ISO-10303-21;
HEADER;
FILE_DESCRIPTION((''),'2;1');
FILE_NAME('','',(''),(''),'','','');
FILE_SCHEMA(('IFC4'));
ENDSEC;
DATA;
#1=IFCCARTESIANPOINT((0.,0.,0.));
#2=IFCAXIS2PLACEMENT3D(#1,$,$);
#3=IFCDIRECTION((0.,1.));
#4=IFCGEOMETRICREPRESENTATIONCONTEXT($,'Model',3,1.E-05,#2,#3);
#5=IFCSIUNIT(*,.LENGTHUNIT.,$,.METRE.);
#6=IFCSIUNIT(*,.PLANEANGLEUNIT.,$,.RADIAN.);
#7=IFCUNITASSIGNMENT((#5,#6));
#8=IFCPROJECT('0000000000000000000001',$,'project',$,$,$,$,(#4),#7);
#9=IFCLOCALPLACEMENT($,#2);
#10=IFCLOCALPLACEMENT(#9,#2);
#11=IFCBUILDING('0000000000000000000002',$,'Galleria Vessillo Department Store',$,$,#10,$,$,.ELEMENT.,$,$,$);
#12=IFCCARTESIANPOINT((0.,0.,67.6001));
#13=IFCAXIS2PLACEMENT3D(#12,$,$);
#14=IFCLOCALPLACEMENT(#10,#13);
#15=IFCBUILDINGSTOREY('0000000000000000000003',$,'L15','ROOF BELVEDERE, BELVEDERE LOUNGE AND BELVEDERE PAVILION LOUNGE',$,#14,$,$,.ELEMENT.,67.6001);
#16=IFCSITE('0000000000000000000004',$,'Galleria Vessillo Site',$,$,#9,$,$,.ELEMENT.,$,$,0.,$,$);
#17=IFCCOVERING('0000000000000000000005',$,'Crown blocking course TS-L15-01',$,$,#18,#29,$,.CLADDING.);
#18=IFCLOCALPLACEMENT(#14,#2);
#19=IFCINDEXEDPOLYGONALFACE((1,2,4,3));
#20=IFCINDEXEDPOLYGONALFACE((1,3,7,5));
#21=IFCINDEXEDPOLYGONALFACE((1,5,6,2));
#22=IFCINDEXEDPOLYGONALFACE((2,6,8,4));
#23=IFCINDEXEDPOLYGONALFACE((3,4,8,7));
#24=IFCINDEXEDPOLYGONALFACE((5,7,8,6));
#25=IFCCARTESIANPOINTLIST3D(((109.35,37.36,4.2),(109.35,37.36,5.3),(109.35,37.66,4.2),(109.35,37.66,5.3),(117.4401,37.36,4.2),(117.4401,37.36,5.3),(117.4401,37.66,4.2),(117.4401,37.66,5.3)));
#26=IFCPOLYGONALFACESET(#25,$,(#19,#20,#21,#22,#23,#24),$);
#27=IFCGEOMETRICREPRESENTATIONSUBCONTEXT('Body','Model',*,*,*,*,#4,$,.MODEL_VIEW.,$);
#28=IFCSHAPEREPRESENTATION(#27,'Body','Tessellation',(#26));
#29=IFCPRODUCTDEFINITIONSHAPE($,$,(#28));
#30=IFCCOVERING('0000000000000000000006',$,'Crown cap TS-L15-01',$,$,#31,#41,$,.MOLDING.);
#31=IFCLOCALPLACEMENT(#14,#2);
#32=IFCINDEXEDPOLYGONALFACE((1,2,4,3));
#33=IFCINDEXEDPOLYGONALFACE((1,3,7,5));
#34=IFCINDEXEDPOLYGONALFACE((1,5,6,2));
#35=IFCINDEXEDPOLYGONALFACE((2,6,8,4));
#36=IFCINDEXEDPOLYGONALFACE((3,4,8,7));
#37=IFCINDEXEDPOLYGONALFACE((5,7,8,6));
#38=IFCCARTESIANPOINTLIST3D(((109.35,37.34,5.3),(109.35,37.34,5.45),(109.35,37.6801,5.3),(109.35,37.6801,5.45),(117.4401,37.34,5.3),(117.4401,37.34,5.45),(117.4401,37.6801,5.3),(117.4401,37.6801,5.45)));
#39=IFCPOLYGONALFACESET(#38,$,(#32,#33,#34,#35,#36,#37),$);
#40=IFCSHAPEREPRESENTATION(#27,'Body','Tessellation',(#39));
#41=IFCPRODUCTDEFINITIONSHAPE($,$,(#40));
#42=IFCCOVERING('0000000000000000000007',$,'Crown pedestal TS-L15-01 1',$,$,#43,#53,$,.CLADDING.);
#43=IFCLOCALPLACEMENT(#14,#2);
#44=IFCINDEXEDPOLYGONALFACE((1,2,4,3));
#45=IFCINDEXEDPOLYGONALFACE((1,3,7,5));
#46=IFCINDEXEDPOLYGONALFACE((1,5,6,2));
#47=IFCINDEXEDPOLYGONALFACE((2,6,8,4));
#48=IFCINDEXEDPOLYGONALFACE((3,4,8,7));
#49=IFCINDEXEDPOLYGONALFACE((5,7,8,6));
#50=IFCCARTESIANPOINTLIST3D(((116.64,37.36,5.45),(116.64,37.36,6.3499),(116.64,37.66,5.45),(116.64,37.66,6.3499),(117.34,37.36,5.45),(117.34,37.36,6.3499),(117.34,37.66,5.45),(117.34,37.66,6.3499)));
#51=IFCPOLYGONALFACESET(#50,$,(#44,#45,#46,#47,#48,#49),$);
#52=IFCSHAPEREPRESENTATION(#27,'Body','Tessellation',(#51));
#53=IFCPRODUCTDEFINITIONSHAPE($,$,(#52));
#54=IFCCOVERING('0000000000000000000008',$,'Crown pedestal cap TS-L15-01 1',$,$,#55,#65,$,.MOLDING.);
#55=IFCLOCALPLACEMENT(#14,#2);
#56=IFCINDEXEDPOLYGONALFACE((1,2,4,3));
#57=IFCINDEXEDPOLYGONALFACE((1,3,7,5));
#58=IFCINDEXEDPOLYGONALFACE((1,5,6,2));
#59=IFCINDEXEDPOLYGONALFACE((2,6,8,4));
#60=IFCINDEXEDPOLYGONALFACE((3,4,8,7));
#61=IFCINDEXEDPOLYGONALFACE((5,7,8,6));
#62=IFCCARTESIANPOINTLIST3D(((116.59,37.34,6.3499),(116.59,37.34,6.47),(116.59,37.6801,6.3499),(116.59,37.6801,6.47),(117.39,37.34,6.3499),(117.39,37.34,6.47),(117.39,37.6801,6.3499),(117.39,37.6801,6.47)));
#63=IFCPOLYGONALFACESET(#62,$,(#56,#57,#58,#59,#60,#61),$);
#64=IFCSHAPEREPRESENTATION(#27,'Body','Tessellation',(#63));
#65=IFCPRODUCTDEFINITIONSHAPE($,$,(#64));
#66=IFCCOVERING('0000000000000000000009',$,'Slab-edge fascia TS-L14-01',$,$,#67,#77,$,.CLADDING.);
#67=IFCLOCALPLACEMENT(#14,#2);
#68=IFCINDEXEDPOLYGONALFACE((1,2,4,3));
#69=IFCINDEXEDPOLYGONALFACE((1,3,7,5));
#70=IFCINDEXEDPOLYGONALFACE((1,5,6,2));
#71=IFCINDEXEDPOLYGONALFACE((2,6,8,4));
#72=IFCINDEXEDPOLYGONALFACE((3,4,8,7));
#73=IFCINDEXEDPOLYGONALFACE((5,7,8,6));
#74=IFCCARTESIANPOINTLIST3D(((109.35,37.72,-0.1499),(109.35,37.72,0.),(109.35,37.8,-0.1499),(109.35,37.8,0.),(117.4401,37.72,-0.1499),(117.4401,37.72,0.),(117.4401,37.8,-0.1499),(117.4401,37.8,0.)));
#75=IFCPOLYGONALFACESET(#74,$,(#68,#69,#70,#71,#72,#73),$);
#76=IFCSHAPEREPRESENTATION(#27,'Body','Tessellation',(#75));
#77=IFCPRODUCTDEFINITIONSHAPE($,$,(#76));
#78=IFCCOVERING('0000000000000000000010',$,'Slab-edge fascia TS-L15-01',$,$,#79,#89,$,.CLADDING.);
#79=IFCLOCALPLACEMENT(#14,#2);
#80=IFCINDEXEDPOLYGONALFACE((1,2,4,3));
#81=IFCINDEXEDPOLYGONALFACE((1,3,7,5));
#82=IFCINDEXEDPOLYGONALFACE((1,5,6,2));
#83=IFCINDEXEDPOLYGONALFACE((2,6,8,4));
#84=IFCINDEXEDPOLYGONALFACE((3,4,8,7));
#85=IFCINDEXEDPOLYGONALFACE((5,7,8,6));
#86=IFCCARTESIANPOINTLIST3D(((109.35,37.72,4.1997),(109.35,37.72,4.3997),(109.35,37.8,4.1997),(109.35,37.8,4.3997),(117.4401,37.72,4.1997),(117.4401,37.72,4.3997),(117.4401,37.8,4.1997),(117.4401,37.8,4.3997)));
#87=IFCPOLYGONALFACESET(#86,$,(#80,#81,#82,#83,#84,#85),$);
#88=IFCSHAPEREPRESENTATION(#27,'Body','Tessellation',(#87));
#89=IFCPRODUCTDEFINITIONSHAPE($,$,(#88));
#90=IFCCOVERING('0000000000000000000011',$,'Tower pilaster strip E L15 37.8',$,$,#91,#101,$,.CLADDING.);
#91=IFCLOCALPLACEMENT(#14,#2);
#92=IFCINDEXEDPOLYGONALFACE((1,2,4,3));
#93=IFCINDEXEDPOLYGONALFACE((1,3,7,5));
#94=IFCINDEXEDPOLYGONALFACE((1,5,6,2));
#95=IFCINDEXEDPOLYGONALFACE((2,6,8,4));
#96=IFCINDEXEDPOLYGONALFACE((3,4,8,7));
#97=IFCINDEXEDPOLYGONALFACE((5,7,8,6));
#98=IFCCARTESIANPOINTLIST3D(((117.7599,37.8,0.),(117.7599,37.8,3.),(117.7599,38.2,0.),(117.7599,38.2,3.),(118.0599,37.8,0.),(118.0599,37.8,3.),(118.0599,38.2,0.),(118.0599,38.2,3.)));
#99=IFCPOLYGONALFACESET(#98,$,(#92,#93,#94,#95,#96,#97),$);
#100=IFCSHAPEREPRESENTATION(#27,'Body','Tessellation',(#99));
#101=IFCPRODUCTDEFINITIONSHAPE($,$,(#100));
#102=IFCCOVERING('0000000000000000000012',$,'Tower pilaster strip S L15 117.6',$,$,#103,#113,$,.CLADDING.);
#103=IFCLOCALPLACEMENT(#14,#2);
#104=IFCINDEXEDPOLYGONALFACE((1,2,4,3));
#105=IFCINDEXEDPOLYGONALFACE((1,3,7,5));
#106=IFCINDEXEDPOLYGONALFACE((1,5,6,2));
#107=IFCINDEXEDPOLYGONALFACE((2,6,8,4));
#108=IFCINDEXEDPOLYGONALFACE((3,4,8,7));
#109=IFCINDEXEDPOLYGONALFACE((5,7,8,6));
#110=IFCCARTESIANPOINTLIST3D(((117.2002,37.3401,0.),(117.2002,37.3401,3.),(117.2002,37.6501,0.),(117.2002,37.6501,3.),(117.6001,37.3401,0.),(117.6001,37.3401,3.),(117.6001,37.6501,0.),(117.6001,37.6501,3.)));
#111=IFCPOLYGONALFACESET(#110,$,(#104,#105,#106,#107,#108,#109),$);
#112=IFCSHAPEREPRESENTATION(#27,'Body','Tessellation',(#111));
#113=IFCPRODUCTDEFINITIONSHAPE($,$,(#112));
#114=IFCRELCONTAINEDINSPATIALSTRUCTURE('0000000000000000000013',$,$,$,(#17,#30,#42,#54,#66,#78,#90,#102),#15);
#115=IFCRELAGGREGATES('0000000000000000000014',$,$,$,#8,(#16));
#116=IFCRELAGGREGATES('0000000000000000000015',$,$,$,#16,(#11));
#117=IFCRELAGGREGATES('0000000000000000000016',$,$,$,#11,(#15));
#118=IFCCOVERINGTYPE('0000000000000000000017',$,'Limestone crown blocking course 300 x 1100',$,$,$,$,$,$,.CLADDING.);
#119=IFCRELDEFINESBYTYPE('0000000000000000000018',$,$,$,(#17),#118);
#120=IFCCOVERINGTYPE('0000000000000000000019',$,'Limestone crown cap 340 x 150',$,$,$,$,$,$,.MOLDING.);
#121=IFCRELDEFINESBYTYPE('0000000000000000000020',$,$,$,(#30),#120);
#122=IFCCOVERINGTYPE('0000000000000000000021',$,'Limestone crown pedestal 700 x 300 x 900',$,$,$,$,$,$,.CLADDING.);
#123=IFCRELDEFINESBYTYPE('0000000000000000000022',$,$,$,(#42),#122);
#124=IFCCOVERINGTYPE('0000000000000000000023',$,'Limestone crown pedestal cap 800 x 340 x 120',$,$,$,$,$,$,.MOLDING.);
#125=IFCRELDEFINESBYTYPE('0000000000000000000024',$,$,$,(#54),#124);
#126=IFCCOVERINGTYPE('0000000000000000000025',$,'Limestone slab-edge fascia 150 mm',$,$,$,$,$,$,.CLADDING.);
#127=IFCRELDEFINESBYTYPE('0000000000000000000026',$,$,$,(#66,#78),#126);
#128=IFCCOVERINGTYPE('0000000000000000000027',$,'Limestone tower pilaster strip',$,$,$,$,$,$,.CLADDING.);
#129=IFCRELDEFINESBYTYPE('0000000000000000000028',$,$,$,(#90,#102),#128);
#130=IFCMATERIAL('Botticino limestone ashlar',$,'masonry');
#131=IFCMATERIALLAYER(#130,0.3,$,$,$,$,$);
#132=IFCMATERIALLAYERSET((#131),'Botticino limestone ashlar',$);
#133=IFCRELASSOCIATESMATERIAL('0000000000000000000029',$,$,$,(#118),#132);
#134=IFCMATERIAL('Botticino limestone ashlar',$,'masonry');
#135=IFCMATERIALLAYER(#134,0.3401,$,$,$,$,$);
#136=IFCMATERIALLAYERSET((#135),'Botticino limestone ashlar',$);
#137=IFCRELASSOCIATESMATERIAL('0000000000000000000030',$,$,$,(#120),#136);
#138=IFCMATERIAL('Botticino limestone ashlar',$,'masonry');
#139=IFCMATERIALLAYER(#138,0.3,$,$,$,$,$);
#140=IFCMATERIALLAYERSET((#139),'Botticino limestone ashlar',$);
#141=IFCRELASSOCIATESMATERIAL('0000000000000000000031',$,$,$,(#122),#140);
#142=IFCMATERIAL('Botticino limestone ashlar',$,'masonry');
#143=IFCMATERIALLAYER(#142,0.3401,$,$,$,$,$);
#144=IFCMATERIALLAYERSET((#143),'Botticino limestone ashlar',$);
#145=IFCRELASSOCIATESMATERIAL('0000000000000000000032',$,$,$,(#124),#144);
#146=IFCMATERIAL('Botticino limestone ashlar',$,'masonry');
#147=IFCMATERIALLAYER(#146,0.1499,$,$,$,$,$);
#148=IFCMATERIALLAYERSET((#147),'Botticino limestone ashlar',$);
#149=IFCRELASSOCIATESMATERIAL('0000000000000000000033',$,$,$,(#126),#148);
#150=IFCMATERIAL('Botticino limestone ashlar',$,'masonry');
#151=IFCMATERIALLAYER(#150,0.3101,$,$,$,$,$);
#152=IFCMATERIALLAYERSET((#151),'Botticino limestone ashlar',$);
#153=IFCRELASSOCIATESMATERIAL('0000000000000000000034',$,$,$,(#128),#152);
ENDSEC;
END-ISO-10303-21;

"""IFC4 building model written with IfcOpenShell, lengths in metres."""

from ifc_helpers import new_model, si_unit, direction, frame, origin, origin_2d, place, context, subcontext, project, spatial, rectangle, extrude, material, layer, layer_set, type_object, element, save


model = new_model("IFC4")

# Units and contexts
model_context = context("Model", 3, precision=1e-05, world=origin(), true_north=direction((0.0, 1.0)))
body_context = subcontext(model_context, "Body", "Model", "MODEL_VIEW")
ifc_project = project(units=[si_unit("LENGTHUNIT", "METRE"), si_unit("PLANEANGLEUNIT", "RADIAN")], contexts=[model_context])

# Site, building, storey
site_placement = place(None, origin())
site = spatial("IfcSite", under=ifc_project, at=site_placement, Name="Galleria Vessillo Site", CompositionType="ELEMENT", RefElevation=0.0)
building_placement = place(site_placement, origin())
building = spatial("IfcBuilding", under=site, at=building_placement, Name="Galleria Vessillo Department Store", CompositionType="ELEMENT")
storey_placement = place(building_placement, frame((0.0, 0.0, 67.6001)))
storey = spatial("IfcBuildingStorey", under=building, at=storey_placement, Name="L15", Description="ROOF BELVEDERE, BELVEDERE LOUNGE AND BELVEDERE PAVILION LOUNGE", CompositionType="ELEMENT", Elevation=67.6001)

# Coverings
ifc_material_1 = material(Name="Botticino limestone ashlar", Category="masonry")
ifc_layer_1 = layer(ifc_material_1, 0.3)
ifc_layer_set_1 = layer_set([ifc_layer_1], Name="Botticino limestone ashlar")
covering_type_1 = type_object("IfcCoveringType", Name="Limestone crown blocking course 300 x 1100", PredefinedType="CLADDING", material=ifc_layer_set_1)
covering_1_placement = place(storey_placement, frame((113.395, 37.51, 4.2), z_axis=(0.0, 0.0, 1.0), x_axis=(1.0, 0.0, 0.0)))
element("IfcCovering", 1, at=covering_1_placement, inside=storey, type_object=covering_type_1, Name="Crown blocking course TS-L15-01", PredefinedType="CLADDING", context=body_context, shape_type="SweptSolid", body=[
    extrude(rectangle(XDim=8.0901, YDim=0.3, at=origin_2d()), origin(), (0.0, 0.0, 1.0), 1.1001),
])
ifc_material_2 = material(Name="Botticino limestone ashlar", Category="masonry")
ifc_layer_2 = layer(ifc_material_2, 0.3401)
ifc_layer_set_2 = layer_set([ifc_layer_2], Name="Botticino limestone ashlar")
covering_type_2 = type_object("IfcCoveringType", Name="Limestone crown cap 340 x 150", PredefinedType="MOLDING", material=ifc_layer_set_2)
covering_2_placement = place(storey_placement, frame((113.395, 37.51, 5.3), z_axis=(0.0, 0.0, 1.0), x_axis=(1.0, 0.0, 0.0)))
element("IfcCovering", 2, at=covering_2_placement, inside=storey, type_object=covering_type_2, Name="Crown cap TS-L15-01", PredefinedType="MOLDING", context=body_context, shape_type="SweptSolid", body=[
    extrude(rectangle(XDim=8.0901, YDim=0.3401, at=origin_2d()), origin(), (0.0, 0.0, 1.0), 0.1499),
])
ifc_material_3 = material(Name="Botticino limestone ashlar", Category="masonry")
ifc_layer_3 = layer(ifc_material_3, 0.3)
ifc_layer_set_3 = layer_set([ifc_layer_3], Name="Botticino limestone ashlar")
covering_type_3 = type_object("IfcCoveringType", Name="Limestone crown pedestal 700 x 300 x 900", PredefinedType="CLADDING", material=ifc_layer_set_3)
covering_3_placement = place(storey_placement, frame((116.99, 37.51, 5.45), z_axis=(0.0, 0.0, 1.0), x_axis=(1.0, 0.0, 0.0)))
element("IfcCovering", 3, at=covering_3_placement, inside=storey, type_object=covering_type_3, Name="Crown pedestal TS-L15-01 1", PredefinedType="CLADDING", context=body_context, shape_type="SweptSolid", body=[
    extrude(rectangle(XDim=0.7, YDim=0.3, at=origin_2d()), origin(), (0.0, 0.0, 1.0), 0.8999),
])
ifc_material_4 = material(Name="Botticino limestone ashlar", Category="masonry")
ifc_layer_4 = layer(ifc_material_4, 0.3401)
ifc_layer_set_4 = layer_set([ifc_layer_4], Name="Botticino limestone ashlar")
covering_type_4 = type_object("IfcCoveringType", Name="Limestone crown pedestal cap 800 x 340 x 120", PredefinedType="MOLDING", material=ifc_layer_set_4)
covering_4_placement = place(storey_placement, frame((116.99, 37.51, 6.3499), z_axis=(0.0, 0.0, 1.0), x_axis=(1.0, 0.0, 0.0)))
element("IfcCovering", 4, at=covering_4_placement, inside=storey, type_object=covering_type_4, Name="Crown pedestal cap TS-L15-01 1", PredefinedType="MOLDING", context=body_context, shape_type="SweptSolid", body=[
    extrude(rectangle(XDim=0.8, YDim=0.3401, at=origin_2d()), origin(), (0.0, 0.0, 1.0), 0.1201),
])
ifc_material_5 = material(Name="Botticino limestone ashlar", Category="masonry")
ifc_layer_5 = layer(ifc_material_5, 0.1499)
ifc_layer_set_5 = layer_set([ifc_layer_5], Name="Botticino limestone ashlar")
covering_type_5 = type_object("IfcCoveringType", Name="Limestone slab-edge fascia 150 mm", PredefinedType="CLADDING", material=ifc_layer_set_5)
covering_5_placement = place(storey_placement, frame((113.395, 37.76, -0.1499), z_axis=(0.0, 0.0, 1.0), x_axis=(1.0, 0.0, 0.0)))
element("IfcCovering", 5, at=covering_5_placement, inside=storey, type_object=covering_type_5, Name="Slab-edge fascia TS-L14-01", PredefinedType="CLADDING", context=body_context, shape_type="SweptSolid", body=[
    extrude(rectangle(XDim=8.0901, YDim=0.0801, at=origin_2d()), origin(), (0.0, 0.0, 1.0), 0.1499),
])
covering_6_placement = place(storey_placement, frame((113.395, 37.76, 4.1997), z_axis=(0.0, 0.0, 1.0), x_axis=(1.0, 0.0, 0.0)))
element("IfcCovering", 6, at=covering_6_placement, inside=storey, type_object=covering_type_5, Name="Slab-edge fascia TS-L15-01", PredefinedType="CLADDING", context=body_context, shape_type="SweptSolid", body=[
    extrude(rectangle(XDim=8.0901, YDim=0.0801, at=origin_2d()), origin(), (0.0, 0.0, 1.0), 0.2),
])
ifc_material_6 = material(Name="Botticino limestone ashlar", Category="masonry")
ifc_layer_6 = layer(ifc_material_6, 0.3101)
ifc_layer_set_6 = layer_set([ifc_layer_6], Name="Botticino limestone ashlar")
covering_type_6 = type_object("IfcCoveringType", Name="Limestone tower pilaster strip", PredefinedType="CLADDING", material=ifc_layer_set_6)
covering_7_placement = place(storey_placement, frame((117.9099, 38.0, 0.0), z_axis=(0.0, 0.0, 1.0), x_axis=(1.0, 0.0, 0.0)))
element("IfcCovering", 7, at=covering_7_placement, inside=storey, type_object=covering_type_6, Name="Tower pilaster strip E L15 37.8", PredefinedType="CLADDING", context=body_context, shape_type="SweptSolid", body=[
    extrude(rectangle(XDim=0.3, YDim=0.3999, at=origin_2d()), origin(), (0.0, 0.0, 1.0), 3.0),
])
covering_8_placement = place(storey_placement, frame((117.4001, 37.4951, 0.0), z_axis=(0.0, 0.0, 1.0), x_axis=(1.0, 0.0, 0.0)))
element("IfcCovering", 8, at=covering_8_placement, inside=storey, type_object=covering_type_6, Name="Tower pilaster strip S L15 117.6", PredefinedType="CLADDING", context=body_context, shape_type="SweptSolid", body=[
    extrude(rectangle(XDim=0.3999, YDim=0.3101, at=origin_2d()), origin(), (0.0, 0.0, 1.0), 3.0),
])

save(model, "model.ifc")
